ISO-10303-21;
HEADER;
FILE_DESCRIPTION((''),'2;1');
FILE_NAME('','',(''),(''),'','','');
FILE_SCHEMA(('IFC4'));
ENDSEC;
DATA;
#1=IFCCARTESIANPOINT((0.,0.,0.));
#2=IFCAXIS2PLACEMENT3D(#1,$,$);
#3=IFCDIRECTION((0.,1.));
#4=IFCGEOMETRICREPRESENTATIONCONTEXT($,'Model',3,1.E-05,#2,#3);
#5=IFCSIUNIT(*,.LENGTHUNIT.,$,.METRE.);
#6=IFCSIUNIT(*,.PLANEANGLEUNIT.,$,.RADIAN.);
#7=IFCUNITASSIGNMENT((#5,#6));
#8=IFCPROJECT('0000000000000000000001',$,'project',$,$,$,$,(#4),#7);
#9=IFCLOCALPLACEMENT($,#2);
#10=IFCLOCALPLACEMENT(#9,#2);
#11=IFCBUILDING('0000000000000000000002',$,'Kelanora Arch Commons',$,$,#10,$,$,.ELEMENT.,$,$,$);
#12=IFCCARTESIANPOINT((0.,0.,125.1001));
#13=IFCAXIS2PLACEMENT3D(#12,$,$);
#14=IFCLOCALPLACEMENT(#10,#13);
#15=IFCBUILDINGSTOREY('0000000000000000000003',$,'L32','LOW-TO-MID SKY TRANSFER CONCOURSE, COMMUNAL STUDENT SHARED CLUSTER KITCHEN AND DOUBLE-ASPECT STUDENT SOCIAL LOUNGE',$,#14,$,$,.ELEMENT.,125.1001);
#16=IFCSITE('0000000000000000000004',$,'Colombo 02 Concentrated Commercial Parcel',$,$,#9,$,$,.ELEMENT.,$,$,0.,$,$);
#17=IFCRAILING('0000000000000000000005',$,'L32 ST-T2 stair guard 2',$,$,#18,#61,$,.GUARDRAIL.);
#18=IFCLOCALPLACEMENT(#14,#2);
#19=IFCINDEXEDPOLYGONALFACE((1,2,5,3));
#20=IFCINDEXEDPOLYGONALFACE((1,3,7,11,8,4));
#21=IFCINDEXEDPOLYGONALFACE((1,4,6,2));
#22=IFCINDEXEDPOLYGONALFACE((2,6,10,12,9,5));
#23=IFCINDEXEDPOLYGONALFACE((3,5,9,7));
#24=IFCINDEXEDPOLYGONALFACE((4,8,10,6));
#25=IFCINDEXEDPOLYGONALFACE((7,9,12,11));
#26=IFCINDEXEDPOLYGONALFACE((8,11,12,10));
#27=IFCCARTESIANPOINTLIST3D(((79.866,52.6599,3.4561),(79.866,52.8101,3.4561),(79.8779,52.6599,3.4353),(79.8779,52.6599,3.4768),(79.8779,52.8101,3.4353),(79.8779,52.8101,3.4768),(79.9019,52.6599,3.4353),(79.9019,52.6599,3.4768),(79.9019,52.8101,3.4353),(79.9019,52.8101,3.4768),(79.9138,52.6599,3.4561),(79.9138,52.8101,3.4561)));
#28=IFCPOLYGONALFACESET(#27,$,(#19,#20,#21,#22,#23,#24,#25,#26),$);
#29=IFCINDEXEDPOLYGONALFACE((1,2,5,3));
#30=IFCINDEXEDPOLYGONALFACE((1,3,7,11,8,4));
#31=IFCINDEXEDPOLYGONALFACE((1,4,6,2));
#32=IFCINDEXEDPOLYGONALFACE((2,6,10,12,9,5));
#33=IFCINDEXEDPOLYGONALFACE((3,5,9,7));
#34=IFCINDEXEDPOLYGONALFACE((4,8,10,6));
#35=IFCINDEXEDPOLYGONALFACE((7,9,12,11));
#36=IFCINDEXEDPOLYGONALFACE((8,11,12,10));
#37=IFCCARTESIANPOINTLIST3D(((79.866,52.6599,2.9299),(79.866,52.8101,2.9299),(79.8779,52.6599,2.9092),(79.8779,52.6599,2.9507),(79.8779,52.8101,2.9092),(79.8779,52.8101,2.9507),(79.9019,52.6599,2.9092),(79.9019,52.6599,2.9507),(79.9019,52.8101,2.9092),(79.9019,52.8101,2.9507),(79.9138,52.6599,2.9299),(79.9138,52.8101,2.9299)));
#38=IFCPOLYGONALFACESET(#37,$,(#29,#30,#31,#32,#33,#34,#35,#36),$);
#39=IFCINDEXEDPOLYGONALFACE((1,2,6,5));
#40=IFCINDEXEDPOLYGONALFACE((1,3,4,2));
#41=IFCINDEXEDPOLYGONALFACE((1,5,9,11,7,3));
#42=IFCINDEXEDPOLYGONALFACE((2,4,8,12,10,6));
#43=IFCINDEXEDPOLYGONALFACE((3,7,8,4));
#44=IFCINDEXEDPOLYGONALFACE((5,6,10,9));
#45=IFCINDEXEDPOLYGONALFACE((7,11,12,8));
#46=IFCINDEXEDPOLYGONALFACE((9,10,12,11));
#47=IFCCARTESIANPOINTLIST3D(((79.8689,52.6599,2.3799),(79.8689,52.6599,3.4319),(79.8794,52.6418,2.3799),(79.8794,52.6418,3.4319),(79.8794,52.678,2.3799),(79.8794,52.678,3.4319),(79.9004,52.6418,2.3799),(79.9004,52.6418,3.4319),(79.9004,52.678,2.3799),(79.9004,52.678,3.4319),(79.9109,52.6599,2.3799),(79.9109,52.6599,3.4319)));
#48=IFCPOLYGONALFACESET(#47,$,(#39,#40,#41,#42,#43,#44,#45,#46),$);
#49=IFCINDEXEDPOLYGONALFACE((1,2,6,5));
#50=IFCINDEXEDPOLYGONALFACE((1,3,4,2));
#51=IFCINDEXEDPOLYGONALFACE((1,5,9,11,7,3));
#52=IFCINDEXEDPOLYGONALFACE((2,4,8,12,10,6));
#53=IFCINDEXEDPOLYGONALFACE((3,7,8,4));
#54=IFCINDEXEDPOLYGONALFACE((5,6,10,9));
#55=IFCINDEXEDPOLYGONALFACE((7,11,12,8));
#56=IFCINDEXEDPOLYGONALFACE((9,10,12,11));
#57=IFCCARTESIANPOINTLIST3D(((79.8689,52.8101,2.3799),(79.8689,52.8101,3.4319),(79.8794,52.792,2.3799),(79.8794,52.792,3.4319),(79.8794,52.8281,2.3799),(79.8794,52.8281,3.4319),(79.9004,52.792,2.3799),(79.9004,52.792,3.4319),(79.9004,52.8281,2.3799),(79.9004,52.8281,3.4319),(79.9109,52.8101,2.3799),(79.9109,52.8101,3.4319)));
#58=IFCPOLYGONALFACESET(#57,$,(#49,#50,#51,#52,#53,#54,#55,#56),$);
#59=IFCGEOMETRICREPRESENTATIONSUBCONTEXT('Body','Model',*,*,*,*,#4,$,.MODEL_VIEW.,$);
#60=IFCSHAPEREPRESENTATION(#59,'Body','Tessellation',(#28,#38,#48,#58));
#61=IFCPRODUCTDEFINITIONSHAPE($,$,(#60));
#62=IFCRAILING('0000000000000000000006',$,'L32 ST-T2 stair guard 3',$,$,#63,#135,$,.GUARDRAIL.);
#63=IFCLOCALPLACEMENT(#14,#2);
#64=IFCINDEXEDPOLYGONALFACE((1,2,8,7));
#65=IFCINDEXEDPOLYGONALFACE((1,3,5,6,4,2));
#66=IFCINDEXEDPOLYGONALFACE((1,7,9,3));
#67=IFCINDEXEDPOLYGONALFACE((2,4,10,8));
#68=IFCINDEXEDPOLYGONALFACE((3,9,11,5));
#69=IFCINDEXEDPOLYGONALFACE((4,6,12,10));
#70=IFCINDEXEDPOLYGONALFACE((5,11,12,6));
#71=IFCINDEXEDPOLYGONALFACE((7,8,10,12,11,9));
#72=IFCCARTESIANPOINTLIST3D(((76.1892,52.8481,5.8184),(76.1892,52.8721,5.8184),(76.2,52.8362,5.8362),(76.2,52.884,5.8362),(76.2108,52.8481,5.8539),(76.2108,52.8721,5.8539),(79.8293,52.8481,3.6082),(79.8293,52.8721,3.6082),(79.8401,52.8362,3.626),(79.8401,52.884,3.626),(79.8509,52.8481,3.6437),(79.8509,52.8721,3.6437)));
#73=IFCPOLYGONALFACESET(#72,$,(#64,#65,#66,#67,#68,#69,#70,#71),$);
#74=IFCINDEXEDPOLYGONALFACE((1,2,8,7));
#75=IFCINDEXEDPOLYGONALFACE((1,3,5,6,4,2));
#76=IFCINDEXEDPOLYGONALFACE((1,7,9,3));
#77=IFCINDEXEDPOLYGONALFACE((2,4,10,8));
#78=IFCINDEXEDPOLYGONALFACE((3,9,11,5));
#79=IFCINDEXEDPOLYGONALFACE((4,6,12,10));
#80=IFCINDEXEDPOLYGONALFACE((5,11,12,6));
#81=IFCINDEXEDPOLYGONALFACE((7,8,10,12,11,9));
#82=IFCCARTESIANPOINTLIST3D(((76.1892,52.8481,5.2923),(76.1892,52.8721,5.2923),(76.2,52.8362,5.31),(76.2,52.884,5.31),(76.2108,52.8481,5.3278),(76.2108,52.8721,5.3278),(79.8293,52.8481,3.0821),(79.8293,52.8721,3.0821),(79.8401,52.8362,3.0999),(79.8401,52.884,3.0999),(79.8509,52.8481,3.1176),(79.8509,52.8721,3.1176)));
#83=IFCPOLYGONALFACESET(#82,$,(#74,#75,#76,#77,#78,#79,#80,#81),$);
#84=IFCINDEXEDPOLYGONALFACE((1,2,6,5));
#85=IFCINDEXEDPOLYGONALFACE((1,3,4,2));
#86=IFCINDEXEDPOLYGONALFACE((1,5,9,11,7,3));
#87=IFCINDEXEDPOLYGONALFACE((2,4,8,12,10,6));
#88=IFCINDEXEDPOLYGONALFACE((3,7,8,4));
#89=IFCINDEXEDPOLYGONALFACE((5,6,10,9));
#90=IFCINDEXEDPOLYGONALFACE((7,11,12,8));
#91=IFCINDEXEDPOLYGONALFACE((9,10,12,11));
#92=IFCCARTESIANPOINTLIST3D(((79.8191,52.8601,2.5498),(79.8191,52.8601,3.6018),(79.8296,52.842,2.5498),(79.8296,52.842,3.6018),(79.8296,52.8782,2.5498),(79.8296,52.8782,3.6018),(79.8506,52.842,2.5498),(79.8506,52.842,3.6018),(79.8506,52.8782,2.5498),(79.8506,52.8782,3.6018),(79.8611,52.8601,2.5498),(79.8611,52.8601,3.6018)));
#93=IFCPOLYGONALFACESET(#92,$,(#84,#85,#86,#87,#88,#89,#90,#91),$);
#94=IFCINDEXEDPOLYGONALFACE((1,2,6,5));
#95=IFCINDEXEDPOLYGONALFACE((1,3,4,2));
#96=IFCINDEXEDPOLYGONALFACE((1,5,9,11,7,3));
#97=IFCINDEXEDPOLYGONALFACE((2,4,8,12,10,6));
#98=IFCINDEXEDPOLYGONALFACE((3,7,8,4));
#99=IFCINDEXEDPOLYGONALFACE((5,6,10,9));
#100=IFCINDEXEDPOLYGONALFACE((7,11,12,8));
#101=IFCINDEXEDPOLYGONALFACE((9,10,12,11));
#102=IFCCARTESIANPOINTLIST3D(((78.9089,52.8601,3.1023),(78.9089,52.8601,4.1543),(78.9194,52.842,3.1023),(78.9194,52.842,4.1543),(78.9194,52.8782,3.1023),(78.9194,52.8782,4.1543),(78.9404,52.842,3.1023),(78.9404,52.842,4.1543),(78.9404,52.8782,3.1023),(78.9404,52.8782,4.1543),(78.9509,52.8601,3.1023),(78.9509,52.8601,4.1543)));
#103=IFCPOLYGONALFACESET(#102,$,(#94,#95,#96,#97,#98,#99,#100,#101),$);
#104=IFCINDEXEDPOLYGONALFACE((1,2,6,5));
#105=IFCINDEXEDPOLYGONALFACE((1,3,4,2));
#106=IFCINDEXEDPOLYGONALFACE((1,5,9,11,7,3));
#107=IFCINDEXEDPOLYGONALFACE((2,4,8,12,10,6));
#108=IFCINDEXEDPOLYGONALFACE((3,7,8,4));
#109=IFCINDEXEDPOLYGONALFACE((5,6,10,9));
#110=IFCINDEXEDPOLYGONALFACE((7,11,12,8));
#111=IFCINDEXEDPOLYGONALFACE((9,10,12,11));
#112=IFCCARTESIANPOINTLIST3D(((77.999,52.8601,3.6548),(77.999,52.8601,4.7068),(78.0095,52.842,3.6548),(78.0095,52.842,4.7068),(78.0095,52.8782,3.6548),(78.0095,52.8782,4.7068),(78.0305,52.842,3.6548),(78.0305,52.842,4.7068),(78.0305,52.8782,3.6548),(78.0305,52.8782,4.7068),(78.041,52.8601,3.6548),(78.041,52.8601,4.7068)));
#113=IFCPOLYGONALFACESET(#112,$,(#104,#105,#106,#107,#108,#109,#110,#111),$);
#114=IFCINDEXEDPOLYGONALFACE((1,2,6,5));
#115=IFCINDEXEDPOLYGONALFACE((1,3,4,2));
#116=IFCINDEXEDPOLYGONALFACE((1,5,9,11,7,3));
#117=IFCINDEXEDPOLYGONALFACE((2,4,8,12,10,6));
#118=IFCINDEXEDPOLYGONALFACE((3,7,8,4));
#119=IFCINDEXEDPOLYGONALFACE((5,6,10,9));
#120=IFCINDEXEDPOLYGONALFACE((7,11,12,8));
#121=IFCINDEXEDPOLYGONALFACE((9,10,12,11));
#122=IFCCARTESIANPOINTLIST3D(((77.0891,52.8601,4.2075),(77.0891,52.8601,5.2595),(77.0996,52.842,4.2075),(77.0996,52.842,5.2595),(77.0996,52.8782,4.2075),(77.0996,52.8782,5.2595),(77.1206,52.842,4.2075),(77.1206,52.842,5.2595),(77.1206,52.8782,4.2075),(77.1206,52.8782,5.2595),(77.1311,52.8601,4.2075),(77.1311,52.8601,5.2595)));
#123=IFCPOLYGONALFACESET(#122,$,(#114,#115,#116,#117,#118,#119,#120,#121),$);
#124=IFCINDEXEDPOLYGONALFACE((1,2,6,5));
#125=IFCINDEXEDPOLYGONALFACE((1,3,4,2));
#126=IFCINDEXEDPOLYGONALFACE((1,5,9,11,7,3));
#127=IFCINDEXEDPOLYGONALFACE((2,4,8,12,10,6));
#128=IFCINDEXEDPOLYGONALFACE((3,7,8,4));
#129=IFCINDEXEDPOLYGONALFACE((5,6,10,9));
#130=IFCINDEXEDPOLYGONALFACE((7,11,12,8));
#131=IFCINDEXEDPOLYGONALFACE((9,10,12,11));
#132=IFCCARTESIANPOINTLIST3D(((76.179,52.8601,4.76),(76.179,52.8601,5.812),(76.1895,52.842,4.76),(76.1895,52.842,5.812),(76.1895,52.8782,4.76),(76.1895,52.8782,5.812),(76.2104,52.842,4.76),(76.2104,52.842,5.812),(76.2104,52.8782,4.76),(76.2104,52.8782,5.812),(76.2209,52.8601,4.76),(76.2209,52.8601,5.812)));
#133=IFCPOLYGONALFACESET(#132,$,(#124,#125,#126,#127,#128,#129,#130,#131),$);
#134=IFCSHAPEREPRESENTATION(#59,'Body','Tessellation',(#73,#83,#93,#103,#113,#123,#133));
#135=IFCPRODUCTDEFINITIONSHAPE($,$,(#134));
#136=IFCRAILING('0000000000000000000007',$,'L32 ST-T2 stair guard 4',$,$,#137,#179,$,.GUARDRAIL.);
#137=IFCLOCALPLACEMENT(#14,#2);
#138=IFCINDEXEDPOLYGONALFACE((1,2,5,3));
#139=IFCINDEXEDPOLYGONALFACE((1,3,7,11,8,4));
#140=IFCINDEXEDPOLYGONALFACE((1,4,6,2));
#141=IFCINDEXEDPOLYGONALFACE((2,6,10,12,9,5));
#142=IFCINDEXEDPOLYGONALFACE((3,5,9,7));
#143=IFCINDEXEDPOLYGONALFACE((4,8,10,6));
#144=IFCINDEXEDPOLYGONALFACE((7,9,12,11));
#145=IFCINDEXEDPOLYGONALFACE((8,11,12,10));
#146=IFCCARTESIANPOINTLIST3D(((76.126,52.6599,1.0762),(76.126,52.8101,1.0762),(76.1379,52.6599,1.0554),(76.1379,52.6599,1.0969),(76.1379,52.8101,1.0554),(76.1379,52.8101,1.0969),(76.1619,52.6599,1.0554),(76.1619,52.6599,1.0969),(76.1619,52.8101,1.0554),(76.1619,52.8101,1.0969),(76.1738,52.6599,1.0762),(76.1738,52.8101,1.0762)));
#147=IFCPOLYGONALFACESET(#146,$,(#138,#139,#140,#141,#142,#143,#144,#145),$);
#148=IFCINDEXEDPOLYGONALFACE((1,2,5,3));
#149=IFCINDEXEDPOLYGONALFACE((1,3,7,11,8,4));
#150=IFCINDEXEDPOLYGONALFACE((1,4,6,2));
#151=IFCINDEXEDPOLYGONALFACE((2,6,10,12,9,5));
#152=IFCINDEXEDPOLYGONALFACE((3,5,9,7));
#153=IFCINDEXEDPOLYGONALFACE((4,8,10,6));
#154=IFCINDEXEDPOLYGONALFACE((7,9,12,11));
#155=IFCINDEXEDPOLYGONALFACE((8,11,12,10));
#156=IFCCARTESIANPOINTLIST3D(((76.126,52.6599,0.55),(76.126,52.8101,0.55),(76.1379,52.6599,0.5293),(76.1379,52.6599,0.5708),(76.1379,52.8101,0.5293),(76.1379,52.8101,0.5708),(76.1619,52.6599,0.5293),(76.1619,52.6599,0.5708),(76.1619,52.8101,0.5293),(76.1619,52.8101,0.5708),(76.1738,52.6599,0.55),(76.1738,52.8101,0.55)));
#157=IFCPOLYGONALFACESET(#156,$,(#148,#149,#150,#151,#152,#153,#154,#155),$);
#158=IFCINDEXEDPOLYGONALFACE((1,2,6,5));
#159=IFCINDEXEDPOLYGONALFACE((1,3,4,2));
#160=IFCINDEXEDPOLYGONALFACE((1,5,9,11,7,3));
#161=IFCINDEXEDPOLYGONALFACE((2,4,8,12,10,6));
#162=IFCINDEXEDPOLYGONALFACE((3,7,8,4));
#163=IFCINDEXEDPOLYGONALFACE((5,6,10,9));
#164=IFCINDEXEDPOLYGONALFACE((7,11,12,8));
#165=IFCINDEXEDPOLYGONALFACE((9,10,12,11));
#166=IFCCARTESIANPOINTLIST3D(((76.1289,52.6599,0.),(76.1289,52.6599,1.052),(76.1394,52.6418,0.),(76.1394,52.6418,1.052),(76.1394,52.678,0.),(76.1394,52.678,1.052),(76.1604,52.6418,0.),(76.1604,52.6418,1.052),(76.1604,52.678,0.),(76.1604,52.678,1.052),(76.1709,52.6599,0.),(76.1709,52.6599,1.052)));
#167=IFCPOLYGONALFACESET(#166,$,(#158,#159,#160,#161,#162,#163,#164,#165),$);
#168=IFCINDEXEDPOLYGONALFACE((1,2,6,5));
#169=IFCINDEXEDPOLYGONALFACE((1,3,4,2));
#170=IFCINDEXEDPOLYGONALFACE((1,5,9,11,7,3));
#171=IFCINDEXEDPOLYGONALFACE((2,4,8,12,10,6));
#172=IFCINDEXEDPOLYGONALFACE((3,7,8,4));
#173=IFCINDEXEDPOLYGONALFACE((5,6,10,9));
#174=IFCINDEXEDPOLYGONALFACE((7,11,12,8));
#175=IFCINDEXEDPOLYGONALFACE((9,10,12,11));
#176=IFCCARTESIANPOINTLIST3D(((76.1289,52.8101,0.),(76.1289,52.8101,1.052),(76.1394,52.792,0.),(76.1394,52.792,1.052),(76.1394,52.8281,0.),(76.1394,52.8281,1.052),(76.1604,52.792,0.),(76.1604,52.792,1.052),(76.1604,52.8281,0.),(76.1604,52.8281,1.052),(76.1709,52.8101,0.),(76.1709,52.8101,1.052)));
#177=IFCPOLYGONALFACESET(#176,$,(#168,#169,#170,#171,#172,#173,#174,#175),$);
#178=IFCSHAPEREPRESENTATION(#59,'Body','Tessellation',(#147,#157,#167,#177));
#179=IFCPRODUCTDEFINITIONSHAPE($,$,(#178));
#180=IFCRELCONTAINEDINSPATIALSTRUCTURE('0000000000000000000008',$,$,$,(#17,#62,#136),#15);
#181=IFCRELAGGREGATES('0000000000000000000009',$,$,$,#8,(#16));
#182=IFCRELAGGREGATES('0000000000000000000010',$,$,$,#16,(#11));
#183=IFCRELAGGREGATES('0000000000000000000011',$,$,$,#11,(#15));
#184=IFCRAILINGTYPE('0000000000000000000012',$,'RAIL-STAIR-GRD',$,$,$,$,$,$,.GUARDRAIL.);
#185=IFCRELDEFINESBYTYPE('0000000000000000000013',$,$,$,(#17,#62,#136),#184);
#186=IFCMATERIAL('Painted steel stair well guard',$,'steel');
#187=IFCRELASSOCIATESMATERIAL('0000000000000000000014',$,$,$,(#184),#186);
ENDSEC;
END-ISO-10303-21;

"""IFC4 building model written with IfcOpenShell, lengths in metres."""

from ifc_helpers import new_model, si_unit, direction, frame, origin, place, context, subcontext, project, spatial, polyline, outline, extrude, material, type_object, element, save


model = new_model("IFC4")

# Units and contexts
model_context = context("Model", 3, precision=1e-05, world=origin(), true_north=direction((0.0, 1.0)))
body_context = subcontext(model_context, "Body", "Model", "MODEL_VIEW")
ifc_project = project(units=[si_unit("LENGTHUNIT", "METRE"), si_unit("PLANEANGLEUNIT", "RADIAN")], contexts=[model_context])

# Site, building, storey
site_placement = place(None, origin())
site = spatial("IfcSite", under=ifc_project, at=site_placement, Name="Colombo 02 Concentrated Commercial Parcel", CompositionType="ELEMENT", RefElevation=0.0)
building_placement = place(site_placement, origin())
building = spatial("IfcBuilding", under=site, at=building_placement, Name="Kelanora Arch Commons", CompositionType="ELEMENT")
storey_placement = place(building_placement, frame((0.0, 0.0, 125.1001)))
storey = spatial("IfcBuildingStorey", under=building, at=storey_placement, Name="L32", Description="LOW-TO-MID SKY TRANSFER CONCOURSE, COMMUNAL STUDENT SHARED CLUSTER KITCHEN AND DOUBLE-ASPECT STUDENT SOCIAL LOUNGE", CompositionType="ELEMENT", Elevation=125.1001)

# Railings
ifc_material_1 = material(Name="Painted steel stair well guard", Category="steel")
railing_type_1 = type_object("IfcRailingType", Name="RAIL-STAIR-GRD", PredefinedType="GUARDRAIL", material=ifc_material_1)
railing_1_placement = place(storey_placement, frame((79.8899, 52.6599, 2.3799)))
element("IfcRailing", 1, at=railing_1_placement, inside=storey, type_object=railing_type_1, Name="L32 ST-T2 stair guard 2", PredefinedType="GUARDRAIL", context=body_context, shape_type="SweptSolid", body=[
    extrude(outline(polyline([(0.0239, 0.0), (0.012, 0.0208), (-0.012, 0.0208), (-0.0239, 0.0), (-0.012, -0.0208), (0.012, -0.0208), (0.0239, 0.0)])), frame((0.0, 0.0, 1.0762), z_axis=(0.0, 1.0, 0.0), x_axis=(-1.0, 0.0, 0.0)), (0.0, 0.0, 1.0), 0.1501),
    extrude(outline(polyline([(0.0239, 0.0), (0.012, 0.0208), (-0.012, 0.0208), (-0.0239, 0.0), (-0.012, -0.0208), (0.012, -0.0208), (0.0239, 0.0)])), frame((0.0, 0.0, 0.55), z_axis=(0.0, 1.0, 0.0), x_axis=(-1.0, 0.0, 0.0)), (0.0, 0.0, 1.0), 0.1501),
    extrude(outline(polyline([(0.021, 0.0), (0.0105, 0.0181), (-0.0105, 0.0181), (-0.021, 0.0), (-0.0105, -0.0181), (0.0105, -0.0181), (0.021, 0.0)])), origin(), (0.0, 0.0, 1.0), 1.052),
    extrude(outline(polyline([(0.021, 0.0), (0.0105, 0.0181), (-0.0105, 0.0181), (-0.021, 0.0), (-0.0105, -0.0181), (0.0105, -0.0181), (0.021, 0.0)])), frame((0.0, 0.1501, 0.0)), (0.0, 0.0, 1.0), 1.052),
])
railing_2_placement = place(storey_placement, frame((79.8401, 52.8601, 2.5498)))
element("IfcRailing", 2, at=railing_2_placement, inside=storey, type_object=railing_type_1, Name="L32 ST-T2 stair guard 3", PredefinedType="GUARDRAIL", context=body_context, shape_type="SweptSolid", body=[
    extrude(outline(polyline([(0.0239, 0.0), (0.012, 0.0208), (-0.012, 0.0208), (-0.0239, 0.0), (-0.012, -0.0208), (0.012, -0.0208), (0.0239, 0.0)])), frame((0.0, 0.0, 1.0762), z_axis=(-0.854775, 0.0, 0.518999), x_axis=(0.0, -1.0, 0.0)), (0.0, 0.0, 1.0), 4.2585),
    extrude(outline(polyline([(0.0239, 0.0), (0.012, 0.0208), (-0.012, 0.0208), (-0.0239, 0.0), (-0.012, -0.0208), (0.012, -0.0208), (0.0239, 0.0)])), frame((0.0, 0.0, 0.55), z_axis=(-0.854775, 0.0, 0.518999), x_axis=(0.0, -1.0, 0.0)), (0.0, 0.0, 1.0), 4.2585),
    extrude(outline(polyline([(0.021, 0.0), (0.0105, 0.0181), (-0.0105, 0.0181), (-0.021, 0.0), (-0.0105, -0.0181), (0.0105, -0.0181), (0.021, 0.0)])), origin(), (0.0, 0.0, 1.0), 1.052),
    extrude(outline(polyline([(0.021, 0.0), (0.0105, 0.0181), (-0.0105, 0.0181), (-0.021, 0.0), (-0.0105, -0.0181), (0.0105, -0.0181), (0.021, 0.0)])), frame((-0.9102, 0.0, 0.5525)), (0.0, 0.0, 1.0), 1.052),
    extrude(outline(polyline([(0.021, 0.0), (0.0105, 0.0181), (-0.0105, 0.0181), (-0.021, 0.0), (-0.0105, -0.0181), (0.0105, -0.0181), (0.021, 0.0)])), frame((-1.8201, 0.0, 1.105)), (0.0, 0.0, 1.0), 1.052),
    extrude(outline(polyline([(0.021, 0.0), (0.0105, 0.0181), (-0.0105, 0.0181), (-0.021, 0.0), (-0.0105, -0.0181), (0.0105, -0.0181), (0.021, 0.0)])), frame((-2.73, 0.0, 1.6577)), (0.0, 0.0, 1.0), 1.052),
    extrude(outline(polyline([(0.021, 0.0), (0.0105, 0.0181), (-0.0105, 0.0181), (-0.021, 0.0), (-0.0105, -0.0181), (0.0105, -0.0181), (0.021, 0.0)])), frame((-3.6401, 0.0, 2.2102)), (0.0, 0.0, 1.0), 1.052),
])
railing_3_placement = place(storey_placement, frame((76.1499, 52.6599, 0.0)))
element("IfcRailing", 3, at=railing_3_placement, inside=storey, type_object=railing_type_1, Name="L32 ST-T2 stair guard 4", PredefinedType="GUARDRAIL", context=body_context, shape_type="SweptSolid", body=[
    extrude(outline(polyline([(0.0239, 0.0), (0.012, 0.0208), (-0.012, 0.0208), (-0.0239, 0.0), (-0.012, -0.0208), (0.012, -0.0208), (0.0239, 0.0)])), frame((0.0, 0.0, 1.0762), z_axis=(0.0, 1.0, 0.0), x_axis=(-1.0, 0.0, 0.0)), (0.0, 0.0, 1.0), 0.1501),
    extrude(outline(polyline([(0.0239, 0.0), (0.012, 0.0208), (-0.012, 0.0208), (-0.0239, 0.0), (-0.012, -0.0208), (0.012, -0.0208), (0.0239, 0.0)])), frame((0.0, 0.0, 0.55), z_axis=(0.0, 1.0, 0.0), x_axis=(-1.0, 0.0, 0.0)), (0.0, 0.0, 1.0), 0.1501),
    extrude(outline(polyline([(0.021, 0.0), (0.0105, 0.0181), (-0.0105, 0.0181), (-0.021, 0.0), (-0.0105, -0.0181), (0.0105, -0.0181), (0.021, 0.0)])), origin(), (0.0, 0.0, 1.0), 1.052),
    extrude(outline(polyline([(0.021, 0.0), (0.0105, 0.0181), (-0.0105, 0.0181), (-0.021, 0.0), (-0.0105, -0.0181), (0.0105, -0.0181), (0.021, 0.0)])), frame((0.0, 0.1501, 0.0)), (0.0, 0.0, 1.0), 1.052),
])

save(model, "model.ifc")
